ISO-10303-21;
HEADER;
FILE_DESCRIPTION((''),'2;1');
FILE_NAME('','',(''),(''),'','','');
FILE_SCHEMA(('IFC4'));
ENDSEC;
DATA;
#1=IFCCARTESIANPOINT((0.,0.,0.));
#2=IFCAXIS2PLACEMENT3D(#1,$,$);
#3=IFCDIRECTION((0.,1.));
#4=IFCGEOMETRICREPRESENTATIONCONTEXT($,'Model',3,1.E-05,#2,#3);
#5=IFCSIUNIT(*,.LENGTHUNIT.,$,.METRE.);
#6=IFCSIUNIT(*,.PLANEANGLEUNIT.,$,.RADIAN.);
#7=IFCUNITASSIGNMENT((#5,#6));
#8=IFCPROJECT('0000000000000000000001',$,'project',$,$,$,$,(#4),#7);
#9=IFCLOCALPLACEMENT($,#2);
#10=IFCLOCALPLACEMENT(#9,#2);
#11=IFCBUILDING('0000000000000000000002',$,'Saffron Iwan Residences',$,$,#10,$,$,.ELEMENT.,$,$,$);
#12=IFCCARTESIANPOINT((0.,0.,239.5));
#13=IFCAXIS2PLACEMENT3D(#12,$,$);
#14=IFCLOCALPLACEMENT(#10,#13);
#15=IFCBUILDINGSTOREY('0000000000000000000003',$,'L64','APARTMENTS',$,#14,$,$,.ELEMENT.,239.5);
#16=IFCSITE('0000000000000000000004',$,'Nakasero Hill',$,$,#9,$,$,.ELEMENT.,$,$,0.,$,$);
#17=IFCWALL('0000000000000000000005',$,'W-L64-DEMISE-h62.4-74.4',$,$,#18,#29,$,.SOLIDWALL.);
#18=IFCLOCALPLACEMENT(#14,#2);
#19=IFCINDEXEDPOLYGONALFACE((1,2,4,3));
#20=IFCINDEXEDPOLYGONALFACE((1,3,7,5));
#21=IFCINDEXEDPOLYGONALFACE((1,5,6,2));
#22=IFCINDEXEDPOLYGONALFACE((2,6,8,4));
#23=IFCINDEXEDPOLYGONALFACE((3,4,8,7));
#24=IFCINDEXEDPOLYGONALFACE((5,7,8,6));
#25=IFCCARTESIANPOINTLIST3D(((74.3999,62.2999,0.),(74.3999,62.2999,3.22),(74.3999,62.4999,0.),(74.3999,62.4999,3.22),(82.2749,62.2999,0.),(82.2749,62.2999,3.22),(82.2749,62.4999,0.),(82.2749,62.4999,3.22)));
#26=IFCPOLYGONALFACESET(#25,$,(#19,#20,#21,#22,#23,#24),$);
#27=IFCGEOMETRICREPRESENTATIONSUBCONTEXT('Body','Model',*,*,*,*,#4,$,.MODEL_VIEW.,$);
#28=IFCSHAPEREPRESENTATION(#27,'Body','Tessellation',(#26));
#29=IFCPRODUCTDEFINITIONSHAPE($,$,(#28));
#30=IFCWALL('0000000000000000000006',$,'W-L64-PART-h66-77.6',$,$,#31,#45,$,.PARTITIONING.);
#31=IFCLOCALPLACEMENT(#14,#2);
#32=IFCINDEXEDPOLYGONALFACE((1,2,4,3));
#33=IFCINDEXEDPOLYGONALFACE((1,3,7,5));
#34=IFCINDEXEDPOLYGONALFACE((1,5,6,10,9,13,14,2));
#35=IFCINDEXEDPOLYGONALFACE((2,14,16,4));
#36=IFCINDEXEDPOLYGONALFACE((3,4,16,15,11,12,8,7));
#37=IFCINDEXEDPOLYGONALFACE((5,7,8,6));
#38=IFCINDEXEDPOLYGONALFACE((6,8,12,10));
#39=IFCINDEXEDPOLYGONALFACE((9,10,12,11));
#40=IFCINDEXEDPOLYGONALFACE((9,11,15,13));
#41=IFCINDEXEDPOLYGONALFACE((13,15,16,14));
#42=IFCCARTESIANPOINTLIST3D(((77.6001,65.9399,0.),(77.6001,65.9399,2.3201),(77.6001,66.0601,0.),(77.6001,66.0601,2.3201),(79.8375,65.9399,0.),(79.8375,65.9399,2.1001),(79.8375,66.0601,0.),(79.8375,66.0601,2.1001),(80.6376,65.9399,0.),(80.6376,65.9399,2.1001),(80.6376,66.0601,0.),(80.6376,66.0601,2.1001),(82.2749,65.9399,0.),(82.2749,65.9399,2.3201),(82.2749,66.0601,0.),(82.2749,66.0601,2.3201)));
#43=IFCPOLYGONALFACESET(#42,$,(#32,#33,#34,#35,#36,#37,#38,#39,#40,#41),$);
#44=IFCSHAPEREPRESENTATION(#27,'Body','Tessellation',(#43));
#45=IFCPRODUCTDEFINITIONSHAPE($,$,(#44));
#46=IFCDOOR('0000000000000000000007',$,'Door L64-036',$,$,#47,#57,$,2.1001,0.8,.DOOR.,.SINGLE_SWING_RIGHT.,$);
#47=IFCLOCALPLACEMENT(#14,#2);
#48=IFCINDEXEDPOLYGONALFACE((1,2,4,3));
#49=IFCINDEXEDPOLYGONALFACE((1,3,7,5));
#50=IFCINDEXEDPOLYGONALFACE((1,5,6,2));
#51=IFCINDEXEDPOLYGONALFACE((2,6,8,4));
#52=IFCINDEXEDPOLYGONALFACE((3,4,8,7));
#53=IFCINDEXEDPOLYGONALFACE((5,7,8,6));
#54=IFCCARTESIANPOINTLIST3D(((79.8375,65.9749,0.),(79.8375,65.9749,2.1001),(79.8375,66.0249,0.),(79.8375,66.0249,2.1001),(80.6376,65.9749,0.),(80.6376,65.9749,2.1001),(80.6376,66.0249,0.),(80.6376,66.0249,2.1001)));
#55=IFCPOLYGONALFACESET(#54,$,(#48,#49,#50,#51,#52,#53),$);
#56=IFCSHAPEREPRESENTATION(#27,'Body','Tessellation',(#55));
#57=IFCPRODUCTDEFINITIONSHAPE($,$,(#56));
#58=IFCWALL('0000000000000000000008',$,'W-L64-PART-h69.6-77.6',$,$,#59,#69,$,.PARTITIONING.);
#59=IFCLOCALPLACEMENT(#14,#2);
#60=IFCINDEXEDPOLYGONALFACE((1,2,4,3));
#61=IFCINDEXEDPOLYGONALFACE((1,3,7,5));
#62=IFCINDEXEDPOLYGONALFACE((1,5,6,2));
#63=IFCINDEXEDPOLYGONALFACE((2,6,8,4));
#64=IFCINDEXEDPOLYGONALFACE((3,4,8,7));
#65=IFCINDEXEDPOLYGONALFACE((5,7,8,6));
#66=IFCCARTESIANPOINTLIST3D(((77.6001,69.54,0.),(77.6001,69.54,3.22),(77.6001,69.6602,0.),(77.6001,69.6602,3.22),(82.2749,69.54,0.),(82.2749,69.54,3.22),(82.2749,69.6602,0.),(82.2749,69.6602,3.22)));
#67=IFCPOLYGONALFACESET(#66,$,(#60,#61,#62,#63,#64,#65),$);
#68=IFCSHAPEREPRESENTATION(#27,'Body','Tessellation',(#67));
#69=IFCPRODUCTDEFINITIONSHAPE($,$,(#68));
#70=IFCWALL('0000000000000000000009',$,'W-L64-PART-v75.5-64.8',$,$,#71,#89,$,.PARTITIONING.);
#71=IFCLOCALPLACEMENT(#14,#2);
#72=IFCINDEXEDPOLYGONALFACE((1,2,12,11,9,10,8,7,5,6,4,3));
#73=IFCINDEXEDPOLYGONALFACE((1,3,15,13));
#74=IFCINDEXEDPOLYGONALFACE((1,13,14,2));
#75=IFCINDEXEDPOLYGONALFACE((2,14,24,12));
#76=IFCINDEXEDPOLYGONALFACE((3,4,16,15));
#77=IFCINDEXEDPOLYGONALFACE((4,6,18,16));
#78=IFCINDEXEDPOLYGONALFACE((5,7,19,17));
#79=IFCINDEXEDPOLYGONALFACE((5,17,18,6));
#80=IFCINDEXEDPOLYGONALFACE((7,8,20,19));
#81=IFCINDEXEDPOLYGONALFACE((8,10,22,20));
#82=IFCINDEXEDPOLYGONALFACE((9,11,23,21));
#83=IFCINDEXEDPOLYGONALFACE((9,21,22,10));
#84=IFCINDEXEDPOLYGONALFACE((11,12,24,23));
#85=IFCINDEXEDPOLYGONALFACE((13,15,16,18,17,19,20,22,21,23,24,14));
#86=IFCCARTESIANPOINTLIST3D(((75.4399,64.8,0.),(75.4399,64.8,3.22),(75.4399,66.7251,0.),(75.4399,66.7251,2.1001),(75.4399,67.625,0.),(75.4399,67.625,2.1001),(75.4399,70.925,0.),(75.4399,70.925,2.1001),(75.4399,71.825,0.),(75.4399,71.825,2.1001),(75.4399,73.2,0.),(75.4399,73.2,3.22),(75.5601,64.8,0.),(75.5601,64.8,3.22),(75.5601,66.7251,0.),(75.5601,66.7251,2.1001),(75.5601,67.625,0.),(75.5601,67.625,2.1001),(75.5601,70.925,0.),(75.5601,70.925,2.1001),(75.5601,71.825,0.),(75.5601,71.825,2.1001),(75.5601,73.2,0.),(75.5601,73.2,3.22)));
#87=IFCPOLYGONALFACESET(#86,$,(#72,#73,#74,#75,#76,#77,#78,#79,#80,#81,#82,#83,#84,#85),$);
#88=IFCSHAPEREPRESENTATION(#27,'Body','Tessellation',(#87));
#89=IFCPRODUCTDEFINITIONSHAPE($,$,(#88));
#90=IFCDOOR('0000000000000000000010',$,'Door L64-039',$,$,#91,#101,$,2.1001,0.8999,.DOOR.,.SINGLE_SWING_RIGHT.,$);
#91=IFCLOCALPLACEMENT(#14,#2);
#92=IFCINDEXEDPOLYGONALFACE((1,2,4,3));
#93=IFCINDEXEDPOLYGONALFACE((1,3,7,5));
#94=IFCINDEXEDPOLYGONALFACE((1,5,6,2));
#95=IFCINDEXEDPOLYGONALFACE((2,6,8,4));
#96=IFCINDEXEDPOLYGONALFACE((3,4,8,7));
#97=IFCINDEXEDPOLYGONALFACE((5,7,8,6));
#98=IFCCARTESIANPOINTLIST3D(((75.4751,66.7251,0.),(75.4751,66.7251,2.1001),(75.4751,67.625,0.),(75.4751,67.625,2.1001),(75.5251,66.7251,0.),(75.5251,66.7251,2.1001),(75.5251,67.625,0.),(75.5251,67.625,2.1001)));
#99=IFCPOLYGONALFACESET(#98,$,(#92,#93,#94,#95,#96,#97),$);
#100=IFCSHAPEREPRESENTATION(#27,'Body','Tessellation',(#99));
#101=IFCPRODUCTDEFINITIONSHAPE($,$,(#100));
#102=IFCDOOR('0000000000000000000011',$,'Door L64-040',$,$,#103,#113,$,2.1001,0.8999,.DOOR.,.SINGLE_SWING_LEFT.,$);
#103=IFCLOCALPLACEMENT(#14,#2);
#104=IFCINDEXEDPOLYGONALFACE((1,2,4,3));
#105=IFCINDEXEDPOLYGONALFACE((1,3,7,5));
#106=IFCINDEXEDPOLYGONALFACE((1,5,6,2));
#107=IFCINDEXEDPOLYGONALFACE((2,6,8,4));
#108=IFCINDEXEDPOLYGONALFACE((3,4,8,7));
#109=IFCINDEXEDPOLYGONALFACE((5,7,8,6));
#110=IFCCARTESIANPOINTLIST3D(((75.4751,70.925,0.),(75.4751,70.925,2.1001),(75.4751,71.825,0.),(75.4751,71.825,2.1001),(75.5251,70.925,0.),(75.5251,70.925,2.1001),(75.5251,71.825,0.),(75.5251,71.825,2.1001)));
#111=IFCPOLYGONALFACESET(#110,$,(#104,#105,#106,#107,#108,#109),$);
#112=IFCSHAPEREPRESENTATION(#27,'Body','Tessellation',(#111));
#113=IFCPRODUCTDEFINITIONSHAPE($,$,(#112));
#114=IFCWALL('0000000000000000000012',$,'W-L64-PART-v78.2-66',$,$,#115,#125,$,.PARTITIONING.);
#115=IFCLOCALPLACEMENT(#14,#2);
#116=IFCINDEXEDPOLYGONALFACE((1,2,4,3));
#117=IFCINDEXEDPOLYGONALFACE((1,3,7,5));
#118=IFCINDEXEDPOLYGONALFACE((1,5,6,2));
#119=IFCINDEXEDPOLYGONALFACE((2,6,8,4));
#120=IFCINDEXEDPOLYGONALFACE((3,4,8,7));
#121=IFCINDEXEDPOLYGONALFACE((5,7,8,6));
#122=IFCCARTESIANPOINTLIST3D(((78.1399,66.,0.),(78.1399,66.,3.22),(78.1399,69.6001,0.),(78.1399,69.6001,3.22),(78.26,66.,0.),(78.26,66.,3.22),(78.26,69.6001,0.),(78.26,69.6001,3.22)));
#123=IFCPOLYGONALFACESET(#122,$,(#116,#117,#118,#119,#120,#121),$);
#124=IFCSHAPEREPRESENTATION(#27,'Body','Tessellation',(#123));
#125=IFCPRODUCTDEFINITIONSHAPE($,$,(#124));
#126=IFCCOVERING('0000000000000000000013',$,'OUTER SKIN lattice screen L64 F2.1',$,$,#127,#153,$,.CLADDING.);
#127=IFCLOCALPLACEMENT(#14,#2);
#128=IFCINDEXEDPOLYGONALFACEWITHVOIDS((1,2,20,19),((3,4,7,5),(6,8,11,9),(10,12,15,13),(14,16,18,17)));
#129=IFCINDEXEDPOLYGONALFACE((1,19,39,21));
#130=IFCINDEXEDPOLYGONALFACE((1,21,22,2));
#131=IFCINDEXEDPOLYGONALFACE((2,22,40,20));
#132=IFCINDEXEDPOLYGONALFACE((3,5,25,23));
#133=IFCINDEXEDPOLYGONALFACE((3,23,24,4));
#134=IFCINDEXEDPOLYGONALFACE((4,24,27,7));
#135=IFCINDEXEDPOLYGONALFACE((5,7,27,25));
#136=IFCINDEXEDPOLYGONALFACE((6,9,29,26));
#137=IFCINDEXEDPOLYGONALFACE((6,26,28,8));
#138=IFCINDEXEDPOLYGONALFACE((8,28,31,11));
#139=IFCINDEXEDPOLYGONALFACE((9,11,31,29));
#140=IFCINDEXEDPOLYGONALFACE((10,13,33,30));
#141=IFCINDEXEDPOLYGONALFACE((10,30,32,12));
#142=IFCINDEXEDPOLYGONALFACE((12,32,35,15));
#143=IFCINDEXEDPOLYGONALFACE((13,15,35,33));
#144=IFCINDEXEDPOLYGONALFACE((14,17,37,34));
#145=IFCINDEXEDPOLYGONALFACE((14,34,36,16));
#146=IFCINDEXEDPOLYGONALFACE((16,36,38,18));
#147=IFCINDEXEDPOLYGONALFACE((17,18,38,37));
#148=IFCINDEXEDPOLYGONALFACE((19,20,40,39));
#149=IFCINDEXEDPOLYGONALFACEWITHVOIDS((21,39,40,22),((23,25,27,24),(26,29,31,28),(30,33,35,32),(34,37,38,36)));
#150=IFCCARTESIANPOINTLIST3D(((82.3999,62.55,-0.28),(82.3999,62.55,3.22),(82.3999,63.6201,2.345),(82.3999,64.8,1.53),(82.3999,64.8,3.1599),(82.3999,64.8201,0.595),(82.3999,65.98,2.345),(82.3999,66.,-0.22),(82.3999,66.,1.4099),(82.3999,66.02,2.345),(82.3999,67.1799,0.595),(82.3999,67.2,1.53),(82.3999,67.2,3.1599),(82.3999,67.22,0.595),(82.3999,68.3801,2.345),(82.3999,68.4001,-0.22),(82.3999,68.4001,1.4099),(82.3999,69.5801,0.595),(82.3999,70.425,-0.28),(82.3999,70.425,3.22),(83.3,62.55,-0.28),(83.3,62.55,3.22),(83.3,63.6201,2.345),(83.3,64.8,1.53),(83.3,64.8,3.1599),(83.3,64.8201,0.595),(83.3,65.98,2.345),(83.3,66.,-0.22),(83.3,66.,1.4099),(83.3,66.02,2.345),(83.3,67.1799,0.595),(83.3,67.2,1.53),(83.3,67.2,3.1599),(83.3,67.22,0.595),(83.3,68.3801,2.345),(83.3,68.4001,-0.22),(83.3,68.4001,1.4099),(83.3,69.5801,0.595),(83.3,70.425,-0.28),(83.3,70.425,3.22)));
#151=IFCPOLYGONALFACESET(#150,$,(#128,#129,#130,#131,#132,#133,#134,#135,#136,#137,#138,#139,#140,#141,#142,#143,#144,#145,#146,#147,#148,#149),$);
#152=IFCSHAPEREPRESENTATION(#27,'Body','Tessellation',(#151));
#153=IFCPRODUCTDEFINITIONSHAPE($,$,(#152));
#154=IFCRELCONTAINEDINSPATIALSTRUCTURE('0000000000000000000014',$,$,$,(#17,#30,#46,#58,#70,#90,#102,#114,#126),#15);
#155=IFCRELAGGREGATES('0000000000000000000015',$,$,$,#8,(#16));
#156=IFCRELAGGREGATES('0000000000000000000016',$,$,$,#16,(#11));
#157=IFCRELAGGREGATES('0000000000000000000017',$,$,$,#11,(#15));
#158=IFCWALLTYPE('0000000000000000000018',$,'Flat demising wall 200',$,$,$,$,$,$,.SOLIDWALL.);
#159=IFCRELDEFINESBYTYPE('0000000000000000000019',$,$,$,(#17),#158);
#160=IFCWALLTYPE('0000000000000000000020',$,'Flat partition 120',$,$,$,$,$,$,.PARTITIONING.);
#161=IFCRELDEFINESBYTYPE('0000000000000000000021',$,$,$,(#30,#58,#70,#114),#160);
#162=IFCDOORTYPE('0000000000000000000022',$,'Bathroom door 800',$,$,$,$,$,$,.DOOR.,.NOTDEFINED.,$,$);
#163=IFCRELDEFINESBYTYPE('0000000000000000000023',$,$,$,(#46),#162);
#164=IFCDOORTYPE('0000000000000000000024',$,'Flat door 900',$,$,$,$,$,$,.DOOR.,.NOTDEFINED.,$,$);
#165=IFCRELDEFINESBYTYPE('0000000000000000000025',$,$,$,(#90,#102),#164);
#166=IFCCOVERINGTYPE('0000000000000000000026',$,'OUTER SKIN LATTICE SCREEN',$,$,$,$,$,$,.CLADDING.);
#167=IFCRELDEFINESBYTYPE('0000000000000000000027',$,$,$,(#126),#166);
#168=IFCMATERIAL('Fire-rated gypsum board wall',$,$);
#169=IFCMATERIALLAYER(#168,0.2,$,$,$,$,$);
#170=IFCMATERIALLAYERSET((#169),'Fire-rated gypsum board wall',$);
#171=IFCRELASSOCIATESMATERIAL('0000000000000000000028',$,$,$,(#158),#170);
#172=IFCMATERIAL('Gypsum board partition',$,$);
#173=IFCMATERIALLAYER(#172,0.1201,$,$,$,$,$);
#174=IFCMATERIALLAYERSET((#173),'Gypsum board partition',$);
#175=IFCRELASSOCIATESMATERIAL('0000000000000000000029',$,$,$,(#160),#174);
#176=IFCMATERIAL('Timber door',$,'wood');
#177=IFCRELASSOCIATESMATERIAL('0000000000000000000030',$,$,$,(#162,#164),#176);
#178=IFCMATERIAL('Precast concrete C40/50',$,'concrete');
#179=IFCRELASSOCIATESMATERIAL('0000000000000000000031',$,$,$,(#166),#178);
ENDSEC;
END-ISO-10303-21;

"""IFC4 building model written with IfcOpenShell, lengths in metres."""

from ifc_helpers import new_model, si_unit, direction, frame, frame_2d, origin, place, context, subcontext, project, spatial, polyline, rectangle, outline, extrude, material, layer, layer_set, type_object, element, fill, save


model = new_model("IFC4")

# Units and contexts
model_context = context("Model", 3, precision=1e-05, world=origin(), true_north=direction((0.0, 1.0)))
body_context = subcontext(model_context, "Body", "Model", "MODEL_VIEW")
ifc_project = project(units=[si_unit("LENGTHUNIT", "METRE"), si_unit("PLANEANGLEUNIT", "RADIAN")], contexts=[model_context])

# Site, building, storey
site_placement = place(None, origin())
site = spatial("IfcSite", under=ifc_project, at=site_placement, Name="Nakasero Hill", CompositionType="ELEMENT", RefElevation=0.0)
building_placement = place(site_placement, origin())
building = spatial("IfcBuilding", under=site, at=building_placement, Name="Saffron Iwan Residences", CompositionType="ELEMENT")
storey_placement = place(building_placement, frame((0.0, 0.0, 239.5)))
storey = spatial("IfcBuildingStorey", under=building, at=storey_placement, Name="L64", Description="APARTMENTS", CompositionType="ELEMENT", Elevation=239.5)

# Wall
ifc_material_1 = material(Name="Fire-rated gypsum board wall")
ifc_layer_1 = layer(ifc_material_1, 0.2)
ifc_layer_set_1 = layer_set([ifc_layer_1], Name="Fire-rated gypsum board wall")
wall_type_1 = type_object("IfcWallType", Name="Flat demising wall 200", PredefinedType="SOLIDWALL", material=ifc_layer_set_1)
wall_1_placement = place(storey_placement, frame((74.3999, 62.3999, 0.0), z_axis=(0.0, 0.0, 1.0), x_axis=(1.0, 0.0, 0.0)))
element("IfcWall", 1, at=wall_1_placement, inside=storey, type_object=wall_type_1, Name="W-L64-DEMISE-h62.4-74.4", PredefinedType="SOLIDWALL", context=body_context, shape_type="SweptSolid", body=[
    extrude(rectangle(XDim=7.875, YDim=0.2, at=frame_2d((3.9375, 0.0))), origin(), (0.0, 0.0, 1.0), 3.22),
])

# Wall, opening, door
ifc_material_2 = material(Name="Gypsum board partition")
ifc_layer_2 = layer(ifc_material_2, 0.1201)
ifc_layer_set_2 = layer_set([ifc_layer_2], Name="Gypsum board partition")
wall_type_2 = type_object("IfcWallType", Name="Flat partition 120", PredefinedType="PARTITIONING", material=ifc_layer_set_2)
wall_2_placement = place(storey_placement, frame((77.6001, 66.0, 0.0), z_axis=(0.0, 0.0, 1.0), x_axis=(1.0, 0.0, 0.0)))
wall_2 = element("IfcWall", 2, at=wall_2_placement, inside=storey, type_object=wall_type_2, Name="W-L64-PART-h66-77.6", PredefinedType="PARTITIONING", context=body_context, shape_type="SweptSolid", body=[
    extrude(rectangle(XDim=4.6748, YDim=0.1201, at=frame_2d((2.3374, 0.0))), origin(), (0.0, 0.0, 1.0), 2.3201),
])
opening_1_placement = place(wall_2_placement, frame((2.2375, 0.0, 0.0)))
opening_1 = element("IfcOpeningElement", 3, at=opening_1_placement, cuts=wall_2, PredefinedType="OPENING", context=body_context, shape_type="SweptSolid", body=[
    extrude(rectangle(XDim=0.8, YDim=2.1001, at=frame_2d((0.3999, 1.05))), frame((0.0, 0.0701, 0.0), z_axis=(0.0, -1.0, 0.0), x_axis=(1.0, 0.0, 0.0)), (0.0, 0.0, 1.0), 0.1401),
])
ifc_material_3 = material(Name="Timber door", Category="wood")
door_type_1 = type_object("IfcDoorType", Name="Bathroom door 800", OperationType="NOTDEFINED", PredefinedType="DOOR", material=ifc_material_3)
door_1_placement = place(opening_1_placement, origin())
door_1 = element("IfcDoor", 4, at=door_1_placement, inside=storey, type_object=door_type_1, Name="Door L64-036", OperationType="SINGLE_SWING_RIGHT", OverallHeight=2.1001, OverallWidth=0.8, PredefinedType="DOOR", context=body_context, shape_type="SweptSolid", body=[
    extrude(rectangle(XDim=0.8, YDim=2.1001, at=frame_2d((0.3999, 1.05))), frame((0.0, 0.0249, 0.0), z_axis=(0.0, -1.0, 0.0), x_axis=(1.0, 0.0, 0.0)), (0.0, 0.0, 1.0), 0.05),
])
fill(opening_1, door_1)

# Wall
wall_3_placement = place(storey_placement, frame((77.6001, 69.6001, 0.0), z_axis=(0.0, 0.0, 1.0), x_axis=(1.0, 0.0, 0.0)))
element("IfcWall", 5, at=wall_3_placement, inside=storey, type_object=wall_type_2, Name="W-L64-PART-h69.6-77.6", PredefinedType="PARTITIONING", context=body_context, shape_type="SweptSolid", body=[
    extrude(rectangle(XDim=4.6748, YDim=0.1201, at=frame_2d((2.3374, 0.0))), origin(), (0.0, 0.0, 1.0), 3.22),
])

# Wall, openings, doors
wall_4_placement = place(storey_placement, frame((75.5, 64.8, 0.0), z_axis=(0.0, 0.0, 1.0), x_axis=(0.0, 1.0, 0.0)))
wall_4 = element("IfcWall", 6, at=wall_4_placement, inside=storey, type_object=wall_type_2, Name="W-L64-PART-v75.5-64.8", PredefinedType="PARTITIONING", context=body_context, shape_type="SweptSolid", body=[
    extrude(rectangle(XDim=8.3999, YDim=0.1201, at=frame_2d((4.2, 0.0))), origin(), (0.0, 0.0, 1.0), 3.22),
])
opening_2_placement = place(wall_4_placement, frame((1.925, 0.0, 0.0)))
opening_2 = element("IfcOpeningElement", 7, at=opening_2_placement, cuts=wall_4, PredefinedType="OPENING", context=body_context, shape_type="SweptSolid", body=[
    extrude(rectangle(XDim=0.8999, YDim=2.1001, at=frame_2d((0.45, 1.05))), frame((0.0, 0.0701, 0.0), z_axis=(0.0, -1.0, 0.0), x_axis=(1.0, 0.0, 0.0)), (0.0, 0.0, 1.0), 0.1401),
])
opening_3_placement = place(wall_4_placement, frame((6.125, 0.0, 0.0)))
opening_3 = element("IfcOpeningElement", 8, at=opening_3_placement, cuts=wall_4, PredefinedType="OPENING", context=body_context, shape_type="SweptSolid", body=[
    extrude(rectangle(XDim=0.8999, YDim=2.1001, at=frame_2d((0.45, 1.05))), frame((0.0, 0.0701, 0.0), z_axis=(0.0, -1.0, 0.0), x_axis=(1.0, 0.0, 0.0)), (0.0, 0.0, 1.0), 0.1401),
])
door_type_2 = type_object("IfcDoorType", Name="Flat door 900", OperationType="NOTDEFINED", PredefinedType="DOOR", material=ifc_material_3)
door_2_placement = place(opening_2_placement, origin())
door_2 = element("IfcDoor", 9, at=door_2_placement, inside=storey, type_object=door_type_2, Name="Door L64-039", OperationType="SINGLE_SWING_RIGHT", OverallHeight=2.1001, OverallWidth=0.8999, PredefinedType="DOOR", context=body_context, shape_type="SweptSolid", body=[
    extrude(rectangle(XDim=0.8999, YDim=2.1001, at=frame_2d((0.45, 1.05))), frame((0.0, 0.0249, 0.0), z_axis=(0.0, -1.0, 0.0), x_axis=(1.0, 0.0, 0.0)), (0.0, 0.0, 1.0), 0.05),
])
fill(opening_2, door_2)
door_3_placement = place(opening_3_placement, origin())
door_3 = element("IfcDoor", 10, at=door_3_placement, inside=storey, type_object=door_type_2, Name="Door L64-040", OperationType="SINGLE_SWING_LEFT", OverallHeight=2.1001, OverallWidth=0.8999, PredefinedType="DOOR", context=body_context, shape_type="SweptSolid", body=[
    extrude(rectangle(XDim=0.8999, YDim=2.1001, at=frame_2d((0.45, 1.05))), frame((0.0, 0.0249, 0.0), z_axis=(0.0, -1.0, 0.0), x_axis=(1.0, 0.0, 0.0)), (0.0, 0.0, 1.0), 0.05),
])
fill(opening_3, door_3)

# Wall
wall_5_placement = place(storey_placement, frame((78.2, 66.0, 0.0), z_axis=(0.0, 0.0, 1.0), x_axis=(0.0, 1.0, 0.0)))
element("IfcWall", 11, at=wall_5_placement, inside=storey, type_object=wall_type_2, Name="W-L64-PART-v78.2-66", PredefinedType="PARTITIONING", context=body_context, shape_type="SweptSolid", body=[
    extrude(rectangle(XDim=3.6001, YDim=0.1201, at=frame_2d((1.8, 0.0))), origin(), (0.0, 0.0, 1.0), 3.22),
])

# Covering
ifc_material_4 = material(Name="Precast concrete C40/50", Category="concrete")
covering_type = type_object("IfcCoveringType", Name="OUTER SKIN LATTICE SCREEN", PredefinedType="CLADDING", material=ifc_material_4)
covering_placement = place(storey_placement, frame((82.3999, 62.55, -0.28), z_axis=(1.0, 0.0, 0.0), x_axis=(0.0, 1.0, 0.0)))
element("IfcCovering", 12, at=covering_placement, inside=storey, type_object=covering_type, Name="OUTER SKIN lattice screen L64 F2.1", PredefinedType="CLADDING", context=body_context, shape_type="SweptSolid", body=[
    extrude(outline(polyline([(0.0, 0.0), (7.875, 0.0), (7.875, 3.5), (0.0, 3.5), (0.0, 0.0)]), holes=[polyline([(2.27, 0.875), (3.45, 0.0601), (4.6299, 0.875), (3.45, 1.6899), (2.27, 0.875)]), polyline([(4.6699, 0.875), (5.8501, 0.0601), (7.03, 0.875), (5.8501, 1.6899), (4.6699, 0.875)]), polyline([(1.0701, 2.625), (2.25, 1.8101), (3.4299, 2.625), (2.25, 3.4399), (1.0701, 2.625)]), polyline([(3.47, 2.625), (4.6499, 1.8101), (5.8301, 2.625), (4.6499, 3.4399), (3.47, 2.625)])]), origin(), (0.0, 0.0, 1.0), 0.9001),
])

save(model, "model.ifc")
